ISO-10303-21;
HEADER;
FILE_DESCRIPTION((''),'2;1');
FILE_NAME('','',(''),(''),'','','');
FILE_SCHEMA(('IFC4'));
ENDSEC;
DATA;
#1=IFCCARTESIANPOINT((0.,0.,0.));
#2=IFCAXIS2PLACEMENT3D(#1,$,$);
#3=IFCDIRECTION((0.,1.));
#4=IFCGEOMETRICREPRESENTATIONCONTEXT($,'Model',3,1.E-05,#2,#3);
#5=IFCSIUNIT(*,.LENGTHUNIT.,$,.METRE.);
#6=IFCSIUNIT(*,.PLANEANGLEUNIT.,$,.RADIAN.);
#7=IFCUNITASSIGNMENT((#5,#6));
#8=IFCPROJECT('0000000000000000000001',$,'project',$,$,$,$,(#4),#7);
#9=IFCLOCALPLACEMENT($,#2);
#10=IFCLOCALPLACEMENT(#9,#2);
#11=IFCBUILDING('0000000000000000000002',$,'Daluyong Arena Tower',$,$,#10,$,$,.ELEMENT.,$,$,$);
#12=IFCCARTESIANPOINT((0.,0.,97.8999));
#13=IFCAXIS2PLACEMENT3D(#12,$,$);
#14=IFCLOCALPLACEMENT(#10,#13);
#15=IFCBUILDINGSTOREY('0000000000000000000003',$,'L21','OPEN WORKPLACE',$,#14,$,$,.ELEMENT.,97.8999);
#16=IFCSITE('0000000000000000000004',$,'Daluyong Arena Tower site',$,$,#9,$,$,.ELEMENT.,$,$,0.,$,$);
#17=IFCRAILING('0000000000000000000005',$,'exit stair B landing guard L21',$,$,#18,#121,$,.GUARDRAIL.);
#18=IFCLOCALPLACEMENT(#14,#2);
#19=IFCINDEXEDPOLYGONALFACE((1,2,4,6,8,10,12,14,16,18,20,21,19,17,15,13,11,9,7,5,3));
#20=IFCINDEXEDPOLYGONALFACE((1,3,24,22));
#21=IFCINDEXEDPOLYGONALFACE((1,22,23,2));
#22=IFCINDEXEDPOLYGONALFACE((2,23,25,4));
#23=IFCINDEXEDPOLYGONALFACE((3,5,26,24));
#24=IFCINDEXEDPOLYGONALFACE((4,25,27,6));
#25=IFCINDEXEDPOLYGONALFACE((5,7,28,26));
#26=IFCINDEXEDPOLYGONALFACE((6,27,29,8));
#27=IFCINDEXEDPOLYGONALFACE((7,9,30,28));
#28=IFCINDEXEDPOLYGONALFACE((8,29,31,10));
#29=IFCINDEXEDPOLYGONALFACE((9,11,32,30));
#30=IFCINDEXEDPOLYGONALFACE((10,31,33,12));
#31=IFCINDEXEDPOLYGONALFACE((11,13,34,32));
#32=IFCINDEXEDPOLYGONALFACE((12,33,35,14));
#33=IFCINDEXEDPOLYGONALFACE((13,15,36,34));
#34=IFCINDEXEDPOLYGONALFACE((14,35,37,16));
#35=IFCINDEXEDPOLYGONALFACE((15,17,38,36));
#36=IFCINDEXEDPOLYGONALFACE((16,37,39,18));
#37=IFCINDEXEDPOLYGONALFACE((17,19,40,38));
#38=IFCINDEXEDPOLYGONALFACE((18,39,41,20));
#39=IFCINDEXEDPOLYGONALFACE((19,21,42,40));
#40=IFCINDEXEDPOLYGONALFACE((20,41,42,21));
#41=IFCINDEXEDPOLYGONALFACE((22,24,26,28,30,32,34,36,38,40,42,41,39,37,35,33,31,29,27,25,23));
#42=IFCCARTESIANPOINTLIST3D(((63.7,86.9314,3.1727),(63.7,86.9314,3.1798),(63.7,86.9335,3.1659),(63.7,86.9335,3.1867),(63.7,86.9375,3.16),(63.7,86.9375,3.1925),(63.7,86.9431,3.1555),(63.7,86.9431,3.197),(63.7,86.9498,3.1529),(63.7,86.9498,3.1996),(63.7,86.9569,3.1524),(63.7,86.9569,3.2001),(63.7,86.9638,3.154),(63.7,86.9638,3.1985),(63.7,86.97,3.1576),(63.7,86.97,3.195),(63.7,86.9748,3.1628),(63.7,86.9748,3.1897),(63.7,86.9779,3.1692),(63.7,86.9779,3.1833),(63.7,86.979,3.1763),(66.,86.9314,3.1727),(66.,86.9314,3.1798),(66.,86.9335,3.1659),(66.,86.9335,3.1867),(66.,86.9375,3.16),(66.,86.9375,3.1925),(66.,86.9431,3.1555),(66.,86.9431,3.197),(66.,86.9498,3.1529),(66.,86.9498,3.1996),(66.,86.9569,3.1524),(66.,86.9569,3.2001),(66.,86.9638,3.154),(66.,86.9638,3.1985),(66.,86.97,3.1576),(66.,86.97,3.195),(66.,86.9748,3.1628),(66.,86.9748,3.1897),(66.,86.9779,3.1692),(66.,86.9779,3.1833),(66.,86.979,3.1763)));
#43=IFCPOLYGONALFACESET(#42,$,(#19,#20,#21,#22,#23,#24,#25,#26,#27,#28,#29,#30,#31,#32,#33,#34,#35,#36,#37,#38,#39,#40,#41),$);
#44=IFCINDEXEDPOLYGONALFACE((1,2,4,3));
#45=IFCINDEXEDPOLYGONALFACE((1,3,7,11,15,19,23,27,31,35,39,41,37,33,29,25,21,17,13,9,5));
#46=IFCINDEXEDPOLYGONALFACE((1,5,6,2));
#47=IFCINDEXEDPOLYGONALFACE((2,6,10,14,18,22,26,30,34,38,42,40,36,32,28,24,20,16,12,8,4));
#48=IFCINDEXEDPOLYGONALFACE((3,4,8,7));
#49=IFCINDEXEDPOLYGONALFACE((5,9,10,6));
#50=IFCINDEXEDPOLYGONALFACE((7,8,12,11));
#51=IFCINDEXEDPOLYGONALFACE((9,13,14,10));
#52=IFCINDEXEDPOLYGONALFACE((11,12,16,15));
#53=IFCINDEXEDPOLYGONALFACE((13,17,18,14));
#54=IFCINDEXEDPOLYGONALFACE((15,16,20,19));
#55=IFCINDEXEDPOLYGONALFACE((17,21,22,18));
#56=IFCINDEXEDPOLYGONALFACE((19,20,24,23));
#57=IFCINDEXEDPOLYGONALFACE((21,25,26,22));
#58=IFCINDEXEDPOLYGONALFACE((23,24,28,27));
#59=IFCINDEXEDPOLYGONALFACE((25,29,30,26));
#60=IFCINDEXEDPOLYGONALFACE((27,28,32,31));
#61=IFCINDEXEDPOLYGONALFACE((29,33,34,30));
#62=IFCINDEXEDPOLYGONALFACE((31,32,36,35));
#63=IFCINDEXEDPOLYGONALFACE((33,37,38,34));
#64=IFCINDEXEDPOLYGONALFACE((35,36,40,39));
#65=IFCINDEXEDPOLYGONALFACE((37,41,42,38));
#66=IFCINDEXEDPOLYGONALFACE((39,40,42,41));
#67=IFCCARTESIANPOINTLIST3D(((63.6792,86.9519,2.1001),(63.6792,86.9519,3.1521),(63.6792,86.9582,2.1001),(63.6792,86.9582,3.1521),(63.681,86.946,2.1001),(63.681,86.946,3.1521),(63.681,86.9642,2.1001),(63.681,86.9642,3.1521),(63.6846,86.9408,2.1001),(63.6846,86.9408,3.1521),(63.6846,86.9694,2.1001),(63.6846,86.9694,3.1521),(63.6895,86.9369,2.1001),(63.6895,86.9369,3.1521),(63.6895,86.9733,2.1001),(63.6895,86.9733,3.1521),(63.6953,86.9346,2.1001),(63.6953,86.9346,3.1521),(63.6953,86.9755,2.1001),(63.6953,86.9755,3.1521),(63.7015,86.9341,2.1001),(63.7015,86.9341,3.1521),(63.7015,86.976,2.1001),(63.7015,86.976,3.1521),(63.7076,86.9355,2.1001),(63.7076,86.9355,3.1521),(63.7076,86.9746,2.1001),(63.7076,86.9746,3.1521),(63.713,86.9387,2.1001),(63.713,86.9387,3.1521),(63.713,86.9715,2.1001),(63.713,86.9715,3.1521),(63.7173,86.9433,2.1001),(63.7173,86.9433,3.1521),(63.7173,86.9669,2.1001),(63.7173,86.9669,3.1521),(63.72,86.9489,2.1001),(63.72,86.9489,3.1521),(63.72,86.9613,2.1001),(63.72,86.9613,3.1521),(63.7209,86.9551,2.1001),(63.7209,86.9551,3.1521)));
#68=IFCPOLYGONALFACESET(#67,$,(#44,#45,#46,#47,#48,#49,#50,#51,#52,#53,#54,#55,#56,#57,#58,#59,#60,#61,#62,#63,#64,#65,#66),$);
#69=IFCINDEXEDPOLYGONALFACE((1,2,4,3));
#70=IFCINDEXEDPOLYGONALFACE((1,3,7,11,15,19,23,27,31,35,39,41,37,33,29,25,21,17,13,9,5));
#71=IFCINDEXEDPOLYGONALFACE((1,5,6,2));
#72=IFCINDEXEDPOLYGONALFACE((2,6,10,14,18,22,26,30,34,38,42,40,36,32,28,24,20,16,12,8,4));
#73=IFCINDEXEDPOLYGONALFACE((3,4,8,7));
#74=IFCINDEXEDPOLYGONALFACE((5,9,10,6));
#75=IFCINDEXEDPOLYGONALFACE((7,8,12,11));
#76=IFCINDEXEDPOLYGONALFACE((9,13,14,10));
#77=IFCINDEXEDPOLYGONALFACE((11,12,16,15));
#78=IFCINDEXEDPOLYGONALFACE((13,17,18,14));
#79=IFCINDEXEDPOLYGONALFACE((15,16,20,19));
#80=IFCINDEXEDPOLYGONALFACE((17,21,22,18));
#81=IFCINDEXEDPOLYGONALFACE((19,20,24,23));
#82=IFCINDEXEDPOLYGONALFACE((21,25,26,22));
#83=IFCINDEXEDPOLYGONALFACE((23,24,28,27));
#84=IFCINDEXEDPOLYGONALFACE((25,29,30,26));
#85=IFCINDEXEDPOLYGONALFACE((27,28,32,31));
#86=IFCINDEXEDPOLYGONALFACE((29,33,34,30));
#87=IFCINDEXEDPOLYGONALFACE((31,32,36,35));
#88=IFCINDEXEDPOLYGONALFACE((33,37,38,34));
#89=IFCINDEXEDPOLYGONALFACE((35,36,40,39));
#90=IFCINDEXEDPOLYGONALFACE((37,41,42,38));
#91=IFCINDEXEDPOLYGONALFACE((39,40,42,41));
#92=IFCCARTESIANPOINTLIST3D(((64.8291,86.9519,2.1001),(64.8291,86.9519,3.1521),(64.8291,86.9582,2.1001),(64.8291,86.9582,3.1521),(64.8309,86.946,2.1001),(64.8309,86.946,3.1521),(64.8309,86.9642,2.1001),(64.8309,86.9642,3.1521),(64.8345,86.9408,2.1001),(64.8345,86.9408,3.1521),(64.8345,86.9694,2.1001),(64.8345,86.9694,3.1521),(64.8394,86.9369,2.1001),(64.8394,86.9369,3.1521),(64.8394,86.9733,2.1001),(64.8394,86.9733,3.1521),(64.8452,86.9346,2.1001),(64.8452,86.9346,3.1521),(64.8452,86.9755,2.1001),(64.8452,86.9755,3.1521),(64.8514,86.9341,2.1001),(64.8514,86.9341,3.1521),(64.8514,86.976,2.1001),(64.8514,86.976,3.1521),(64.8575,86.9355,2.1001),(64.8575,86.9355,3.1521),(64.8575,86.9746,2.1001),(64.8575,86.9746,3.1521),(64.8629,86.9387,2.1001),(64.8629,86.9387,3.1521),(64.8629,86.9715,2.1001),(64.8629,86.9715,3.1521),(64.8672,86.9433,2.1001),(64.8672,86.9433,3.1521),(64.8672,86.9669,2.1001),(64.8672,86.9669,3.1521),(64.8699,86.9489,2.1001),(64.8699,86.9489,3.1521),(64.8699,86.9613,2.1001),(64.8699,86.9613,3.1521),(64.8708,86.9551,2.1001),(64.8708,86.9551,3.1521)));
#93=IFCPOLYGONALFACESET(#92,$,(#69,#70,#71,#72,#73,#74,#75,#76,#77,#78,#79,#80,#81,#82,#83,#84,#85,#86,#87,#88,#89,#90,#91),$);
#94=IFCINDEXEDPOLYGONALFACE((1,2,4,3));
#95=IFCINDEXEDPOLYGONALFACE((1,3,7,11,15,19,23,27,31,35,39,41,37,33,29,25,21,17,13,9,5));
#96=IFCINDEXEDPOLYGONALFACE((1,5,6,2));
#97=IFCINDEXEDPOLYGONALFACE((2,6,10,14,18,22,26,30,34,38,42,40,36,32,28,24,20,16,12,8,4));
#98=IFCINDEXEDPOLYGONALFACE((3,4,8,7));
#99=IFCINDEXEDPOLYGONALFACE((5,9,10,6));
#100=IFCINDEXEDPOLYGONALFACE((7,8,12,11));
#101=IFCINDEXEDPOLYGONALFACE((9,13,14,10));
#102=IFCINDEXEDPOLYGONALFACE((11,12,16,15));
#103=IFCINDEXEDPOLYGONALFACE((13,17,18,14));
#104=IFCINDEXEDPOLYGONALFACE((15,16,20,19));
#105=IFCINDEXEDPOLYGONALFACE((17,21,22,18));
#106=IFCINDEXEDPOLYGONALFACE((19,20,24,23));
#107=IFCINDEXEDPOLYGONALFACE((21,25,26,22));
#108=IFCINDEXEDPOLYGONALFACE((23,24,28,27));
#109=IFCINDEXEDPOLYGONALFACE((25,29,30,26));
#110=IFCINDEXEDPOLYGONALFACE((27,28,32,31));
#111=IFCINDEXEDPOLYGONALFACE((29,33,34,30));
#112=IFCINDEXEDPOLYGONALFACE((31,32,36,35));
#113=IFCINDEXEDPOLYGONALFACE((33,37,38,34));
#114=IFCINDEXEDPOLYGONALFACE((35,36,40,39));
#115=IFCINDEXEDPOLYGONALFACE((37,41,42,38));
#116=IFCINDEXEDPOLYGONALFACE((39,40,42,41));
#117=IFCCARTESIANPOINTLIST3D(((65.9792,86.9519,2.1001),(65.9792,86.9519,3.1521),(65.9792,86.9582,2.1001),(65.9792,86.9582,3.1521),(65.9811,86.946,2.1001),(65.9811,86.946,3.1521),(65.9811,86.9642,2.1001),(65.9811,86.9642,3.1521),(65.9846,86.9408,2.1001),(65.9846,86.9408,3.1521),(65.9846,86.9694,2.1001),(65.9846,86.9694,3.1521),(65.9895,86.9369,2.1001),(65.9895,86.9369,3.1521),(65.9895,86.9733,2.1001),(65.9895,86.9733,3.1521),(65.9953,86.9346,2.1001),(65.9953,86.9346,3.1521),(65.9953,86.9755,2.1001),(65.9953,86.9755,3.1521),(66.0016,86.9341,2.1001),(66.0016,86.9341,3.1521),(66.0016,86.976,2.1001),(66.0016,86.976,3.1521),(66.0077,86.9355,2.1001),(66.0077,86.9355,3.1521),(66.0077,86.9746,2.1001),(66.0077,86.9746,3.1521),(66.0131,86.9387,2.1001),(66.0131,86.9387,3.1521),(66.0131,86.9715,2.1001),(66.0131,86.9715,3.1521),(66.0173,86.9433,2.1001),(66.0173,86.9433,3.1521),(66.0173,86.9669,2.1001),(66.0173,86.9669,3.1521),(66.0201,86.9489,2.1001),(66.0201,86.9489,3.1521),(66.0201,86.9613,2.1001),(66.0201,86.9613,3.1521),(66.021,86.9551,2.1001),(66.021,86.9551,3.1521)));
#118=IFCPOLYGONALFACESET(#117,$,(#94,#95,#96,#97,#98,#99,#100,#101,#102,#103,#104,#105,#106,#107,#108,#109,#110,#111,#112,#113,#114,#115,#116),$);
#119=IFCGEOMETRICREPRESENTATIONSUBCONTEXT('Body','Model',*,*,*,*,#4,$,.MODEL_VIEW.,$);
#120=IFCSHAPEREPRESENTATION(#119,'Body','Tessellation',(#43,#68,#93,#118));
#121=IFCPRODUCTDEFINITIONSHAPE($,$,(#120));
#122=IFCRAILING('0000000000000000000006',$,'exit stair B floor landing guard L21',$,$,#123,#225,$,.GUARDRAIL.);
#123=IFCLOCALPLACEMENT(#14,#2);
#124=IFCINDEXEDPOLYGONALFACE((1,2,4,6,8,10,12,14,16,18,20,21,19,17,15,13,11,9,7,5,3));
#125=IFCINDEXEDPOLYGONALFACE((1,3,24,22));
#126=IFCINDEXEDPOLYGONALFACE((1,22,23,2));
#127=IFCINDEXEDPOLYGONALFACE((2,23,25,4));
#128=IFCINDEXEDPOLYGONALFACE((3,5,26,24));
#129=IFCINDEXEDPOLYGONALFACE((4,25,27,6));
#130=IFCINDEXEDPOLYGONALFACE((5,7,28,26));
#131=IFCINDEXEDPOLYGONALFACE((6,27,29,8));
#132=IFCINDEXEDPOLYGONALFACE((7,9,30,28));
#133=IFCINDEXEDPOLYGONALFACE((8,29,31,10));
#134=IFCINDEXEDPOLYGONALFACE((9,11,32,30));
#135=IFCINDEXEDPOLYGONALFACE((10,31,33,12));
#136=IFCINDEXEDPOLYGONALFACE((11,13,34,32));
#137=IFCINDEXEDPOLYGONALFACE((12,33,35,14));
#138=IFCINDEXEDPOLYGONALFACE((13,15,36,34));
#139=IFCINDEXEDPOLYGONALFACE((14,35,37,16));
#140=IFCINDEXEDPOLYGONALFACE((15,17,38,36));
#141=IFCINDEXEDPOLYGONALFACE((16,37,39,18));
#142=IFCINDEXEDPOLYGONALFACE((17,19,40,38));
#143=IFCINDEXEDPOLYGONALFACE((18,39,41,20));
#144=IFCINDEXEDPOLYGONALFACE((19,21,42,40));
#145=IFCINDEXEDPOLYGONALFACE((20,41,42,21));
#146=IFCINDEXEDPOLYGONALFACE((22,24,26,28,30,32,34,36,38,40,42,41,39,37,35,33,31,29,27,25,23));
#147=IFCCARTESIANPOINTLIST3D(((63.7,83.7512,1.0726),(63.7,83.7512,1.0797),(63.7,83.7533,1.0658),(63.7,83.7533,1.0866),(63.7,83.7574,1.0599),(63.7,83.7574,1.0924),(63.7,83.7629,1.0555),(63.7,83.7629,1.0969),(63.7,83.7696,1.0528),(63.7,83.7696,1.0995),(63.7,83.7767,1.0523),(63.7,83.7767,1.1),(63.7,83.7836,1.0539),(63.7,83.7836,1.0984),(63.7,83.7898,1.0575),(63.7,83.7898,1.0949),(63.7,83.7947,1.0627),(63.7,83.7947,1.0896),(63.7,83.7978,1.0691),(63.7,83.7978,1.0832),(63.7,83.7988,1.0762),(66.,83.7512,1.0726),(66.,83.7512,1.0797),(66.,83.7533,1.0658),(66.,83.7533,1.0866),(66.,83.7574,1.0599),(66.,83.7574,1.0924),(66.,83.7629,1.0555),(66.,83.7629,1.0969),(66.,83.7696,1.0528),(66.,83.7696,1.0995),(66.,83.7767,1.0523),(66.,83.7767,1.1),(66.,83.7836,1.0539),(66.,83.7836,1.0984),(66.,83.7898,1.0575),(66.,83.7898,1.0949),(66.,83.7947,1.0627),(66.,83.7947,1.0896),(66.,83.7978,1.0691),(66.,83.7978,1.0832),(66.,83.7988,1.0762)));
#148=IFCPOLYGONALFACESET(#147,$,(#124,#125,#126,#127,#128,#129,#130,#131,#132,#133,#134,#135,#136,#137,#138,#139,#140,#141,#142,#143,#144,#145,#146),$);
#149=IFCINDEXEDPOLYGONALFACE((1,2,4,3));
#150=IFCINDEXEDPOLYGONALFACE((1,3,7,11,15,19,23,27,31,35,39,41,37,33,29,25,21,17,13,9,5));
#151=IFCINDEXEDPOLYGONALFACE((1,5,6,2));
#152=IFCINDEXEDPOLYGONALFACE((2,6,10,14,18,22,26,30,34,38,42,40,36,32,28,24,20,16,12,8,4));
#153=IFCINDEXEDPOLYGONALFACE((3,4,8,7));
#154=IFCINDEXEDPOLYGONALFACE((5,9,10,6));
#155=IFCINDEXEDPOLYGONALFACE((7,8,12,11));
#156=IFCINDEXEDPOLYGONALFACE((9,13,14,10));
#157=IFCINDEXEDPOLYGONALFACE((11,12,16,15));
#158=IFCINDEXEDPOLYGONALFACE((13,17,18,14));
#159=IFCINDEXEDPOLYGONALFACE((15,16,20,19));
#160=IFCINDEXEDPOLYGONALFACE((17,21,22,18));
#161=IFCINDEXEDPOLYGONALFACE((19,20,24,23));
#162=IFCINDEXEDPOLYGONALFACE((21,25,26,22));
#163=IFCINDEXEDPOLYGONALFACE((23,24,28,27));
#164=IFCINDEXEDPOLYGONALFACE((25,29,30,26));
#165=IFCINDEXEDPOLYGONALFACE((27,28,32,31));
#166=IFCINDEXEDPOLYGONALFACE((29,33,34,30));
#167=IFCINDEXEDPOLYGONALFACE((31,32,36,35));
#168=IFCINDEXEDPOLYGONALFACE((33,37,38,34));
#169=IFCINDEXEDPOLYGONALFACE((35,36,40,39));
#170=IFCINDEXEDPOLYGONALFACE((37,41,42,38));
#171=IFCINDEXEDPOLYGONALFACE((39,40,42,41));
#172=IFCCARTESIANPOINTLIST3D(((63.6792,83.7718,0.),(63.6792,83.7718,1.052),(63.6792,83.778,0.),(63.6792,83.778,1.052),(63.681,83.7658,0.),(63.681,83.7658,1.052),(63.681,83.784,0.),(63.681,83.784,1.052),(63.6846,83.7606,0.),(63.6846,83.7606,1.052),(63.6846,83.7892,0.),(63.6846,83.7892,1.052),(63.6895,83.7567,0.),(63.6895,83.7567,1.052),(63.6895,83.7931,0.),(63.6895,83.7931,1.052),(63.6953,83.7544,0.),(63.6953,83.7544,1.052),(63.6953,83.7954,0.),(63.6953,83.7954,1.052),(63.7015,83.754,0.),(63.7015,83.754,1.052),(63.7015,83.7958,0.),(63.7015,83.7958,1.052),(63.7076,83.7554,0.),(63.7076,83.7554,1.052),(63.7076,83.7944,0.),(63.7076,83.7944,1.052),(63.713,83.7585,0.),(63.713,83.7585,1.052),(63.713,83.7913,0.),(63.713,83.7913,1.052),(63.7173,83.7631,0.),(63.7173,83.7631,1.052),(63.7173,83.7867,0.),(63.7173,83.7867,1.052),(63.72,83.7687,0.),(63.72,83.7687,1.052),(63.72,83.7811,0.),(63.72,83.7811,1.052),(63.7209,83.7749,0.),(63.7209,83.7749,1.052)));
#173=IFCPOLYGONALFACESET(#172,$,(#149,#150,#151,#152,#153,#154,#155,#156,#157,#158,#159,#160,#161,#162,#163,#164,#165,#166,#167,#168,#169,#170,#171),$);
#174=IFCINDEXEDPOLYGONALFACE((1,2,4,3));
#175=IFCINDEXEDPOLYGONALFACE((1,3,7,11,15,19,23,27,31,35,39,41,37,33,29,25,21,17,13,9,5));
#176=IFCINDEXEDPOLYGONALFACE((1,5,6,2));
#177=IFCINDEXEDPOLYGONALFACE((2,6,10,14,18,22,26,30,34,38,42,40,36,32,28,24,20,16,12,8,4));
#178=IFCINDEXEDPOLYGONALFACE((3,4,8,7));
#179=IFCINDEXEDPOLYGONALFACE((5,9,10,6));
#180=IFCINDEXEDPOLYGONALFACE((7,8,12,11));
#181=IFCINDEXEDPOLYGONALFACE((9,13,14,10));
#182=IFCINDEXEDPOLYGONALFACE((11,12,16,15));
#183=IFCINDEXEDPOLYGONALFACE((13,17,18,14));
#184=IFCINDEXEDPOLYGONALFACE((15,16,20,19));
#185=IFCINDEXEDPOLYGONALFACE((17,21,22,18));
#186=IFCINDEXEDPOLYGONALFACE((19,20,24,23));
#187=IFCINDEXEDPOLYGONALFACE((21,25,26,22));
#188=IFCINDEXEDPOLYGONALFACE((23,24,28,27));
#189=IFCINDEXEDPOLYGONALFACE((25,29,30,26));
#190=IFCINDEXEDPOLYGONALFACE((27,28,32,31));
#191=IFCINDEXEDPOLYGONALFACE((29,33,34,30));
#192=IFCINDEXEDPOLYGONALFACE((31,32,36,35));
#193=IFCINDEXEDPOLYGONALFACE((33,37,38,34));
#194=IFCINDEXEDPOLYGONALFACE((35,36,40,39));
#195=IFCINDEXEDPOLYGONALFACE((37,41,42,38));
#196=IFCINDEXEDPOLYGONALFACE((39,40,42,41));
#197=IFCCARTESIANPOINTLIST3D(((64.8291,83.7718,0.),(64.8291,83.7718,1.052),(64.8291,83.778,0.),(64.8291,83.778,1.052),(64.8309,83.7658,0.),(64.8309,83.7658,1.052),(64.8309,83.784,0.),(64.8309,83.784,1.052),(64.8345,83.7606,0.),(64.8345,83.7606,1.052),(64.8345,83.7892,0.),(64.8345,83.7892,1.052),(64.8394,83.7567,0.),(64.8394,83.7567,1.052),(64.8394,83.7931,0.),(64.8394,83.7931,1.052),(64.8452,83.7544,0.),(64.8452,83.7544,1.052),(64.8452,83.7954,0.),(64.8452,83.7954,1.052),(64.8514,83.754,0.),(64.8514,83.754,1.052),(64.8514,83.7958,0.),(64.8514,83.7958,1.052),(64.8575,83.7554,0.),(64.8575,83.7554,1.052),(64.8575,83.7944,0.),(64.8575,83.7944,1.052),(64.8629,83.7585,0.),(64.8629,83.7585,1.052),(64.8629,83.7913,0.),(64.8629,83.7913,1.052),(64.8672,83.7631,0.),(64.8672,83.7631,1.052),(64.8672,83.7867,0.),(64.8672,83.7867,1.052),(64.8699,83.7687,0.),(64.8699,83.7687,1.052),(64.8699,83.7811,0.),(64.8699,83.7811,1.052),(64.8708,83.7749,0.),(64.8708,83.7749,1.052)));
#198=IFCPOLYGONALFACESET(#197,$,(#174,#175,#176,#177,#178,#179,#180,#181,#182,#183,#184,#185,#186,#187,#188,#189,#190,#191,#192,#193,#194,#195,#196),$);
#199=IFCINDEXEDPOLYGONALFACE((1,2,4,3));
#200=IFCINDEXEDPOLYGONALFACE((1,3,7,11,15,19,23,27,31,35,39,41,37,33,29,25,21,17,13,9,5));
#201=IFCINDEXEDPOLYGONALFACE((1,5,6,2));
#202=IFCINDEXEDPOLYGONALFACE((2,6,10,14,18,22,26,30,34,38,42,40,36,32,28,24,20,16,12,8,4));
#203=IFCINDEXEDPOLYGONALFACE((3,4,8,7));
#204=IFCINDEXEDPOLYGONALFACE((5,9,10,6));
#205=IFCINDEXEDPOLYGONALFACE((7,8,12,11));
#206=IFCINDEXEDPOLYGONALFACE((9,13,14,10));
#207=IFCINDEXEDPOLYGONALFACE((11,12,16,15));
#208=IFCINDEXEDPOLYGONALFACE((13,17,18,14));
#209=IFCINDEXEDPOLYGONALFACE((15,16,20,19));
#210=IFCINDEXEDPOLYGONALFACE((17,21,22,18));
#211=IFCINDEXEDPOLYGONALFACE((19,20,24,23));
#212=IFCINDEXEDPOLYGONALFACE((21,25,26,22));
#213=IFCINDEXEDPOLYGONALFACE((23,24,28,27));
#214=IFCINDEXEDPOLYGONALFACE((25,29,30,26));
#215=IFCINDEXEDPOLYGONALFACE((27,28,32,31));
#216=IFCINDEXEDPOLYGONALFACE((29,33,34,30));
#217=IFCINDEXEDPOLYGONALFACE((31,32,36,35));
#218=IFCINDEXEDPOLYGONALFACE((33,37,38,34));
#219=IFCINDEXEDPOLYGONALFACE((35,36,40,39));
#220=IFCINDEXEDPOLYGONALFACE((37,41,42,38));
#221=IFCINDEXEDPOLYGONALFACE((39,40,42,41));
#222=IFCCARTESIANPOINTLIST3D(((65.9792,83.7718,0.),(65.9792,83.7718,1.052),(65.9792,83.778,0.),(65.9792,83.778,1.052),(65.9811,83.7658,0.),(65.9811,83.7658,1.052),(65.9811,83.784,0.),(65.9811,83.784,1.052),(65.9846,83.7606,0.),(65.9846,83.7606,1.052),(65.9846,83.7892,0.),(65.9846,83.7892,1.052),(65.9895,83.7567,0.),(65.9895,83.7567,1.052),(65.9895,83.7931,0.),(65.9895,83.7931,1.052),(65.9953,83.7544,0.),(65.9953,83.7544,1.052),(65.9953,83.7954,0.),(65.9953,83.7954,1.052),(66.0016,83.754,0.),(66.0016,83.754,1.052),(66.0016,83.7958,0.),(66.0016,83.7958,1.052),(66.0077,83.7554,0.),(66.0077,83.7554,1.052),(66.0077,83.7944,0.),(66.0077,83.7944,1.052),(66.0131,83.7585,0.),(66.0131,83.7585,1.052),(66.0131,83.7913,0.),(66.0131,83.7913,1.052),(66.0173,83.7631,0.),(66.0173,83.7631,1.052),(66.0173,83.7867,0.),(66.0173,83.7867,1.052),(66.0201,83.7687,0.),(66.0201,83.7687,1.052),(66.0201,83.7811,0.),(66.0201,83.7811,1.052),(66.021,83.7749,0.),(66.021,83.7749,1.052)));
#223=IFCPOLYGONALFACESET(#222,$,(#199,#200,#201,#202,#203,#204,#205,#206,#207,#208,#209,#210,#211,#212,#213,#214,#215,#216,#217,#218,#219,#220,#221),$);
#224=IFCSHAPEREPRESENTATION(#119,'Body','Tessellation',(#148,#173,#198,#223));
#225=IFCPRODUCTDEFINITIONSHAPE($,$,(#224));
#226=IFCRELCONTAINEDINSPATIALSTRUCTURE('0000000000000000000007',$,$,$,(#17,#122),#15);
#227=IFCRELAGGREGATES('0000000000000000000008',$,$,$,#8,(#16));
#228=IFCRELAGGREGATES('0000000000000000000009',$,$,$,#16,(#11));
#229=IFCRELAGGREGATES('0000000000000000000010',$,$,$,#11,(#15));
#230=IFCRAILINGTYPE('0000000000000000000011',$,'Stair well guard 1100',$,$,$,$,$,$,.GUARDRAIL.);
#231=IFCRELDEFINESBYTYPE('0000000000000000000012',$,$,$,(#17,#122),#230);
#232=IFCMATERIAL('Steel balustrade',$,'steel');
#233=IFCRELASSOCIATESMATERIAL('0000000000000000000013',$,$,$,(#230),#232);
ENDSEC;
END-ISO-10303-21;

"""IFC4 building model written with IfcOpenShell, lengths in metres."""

from ifc_helpers import new_model, si_unit, direction, frame, origin, origin_2d, place, context, subcontext, project, spatial, circle, extrude, material, type_object, element, save


model = new_model("IFC4")

# Units and contexts
model_context = context("Model", 3, precision=1e-05, world=origin(), true_north=direction((0.0, 1.0)))
body_context = subcontext(model_context, "Body", "Model", "MODEL_VIEW")
ifc_project = project(units=[si_unit("LENGTHUNIT", "METRE"), si_unit("PLANEANGLEUNIT", "RADIAN")], contexts=[model_context])

# Site, building, storey
site_placement = place(None, origin())
site = spatial("IfcSite", under=ifc_project, at=site_placement, Name="Daluyong Arena Tower site", CompositionType="ELEMENT", RefElevation=0.0)
building_placement = place(site_placement, origin())
building = spatial("IfcBuilding", under=site, at=building_placement, Name="Daluyong Arena Tower", CompositionType="ELEMENT")
storey_placement = place(building_placement, frame((0.0, 0.0, 97.8999)))
storey = spatial("IfcBuildingStorey", under=building, at=storey_placement, Name="L21", Description="OPEN WORKPLACE", CompositionType="ELEMENT", Elevation=97.8999)

# Railings
ifc_material_1 = material(Name="Steel balustrade", Category="steel")
railing_type_1 = type_object("IfcRailingType", Name="Stair well guard 1100", PredefinedType="GUARDRAIL", material=ifc_material_1)
for number, where, name in (
    (1, (63.7, 86.9551, 2.1001), "exit stair B landing guard L21"),
    (2, (63.7, 83.7749, 0.0), "exit stair B floor landing guard L21"),
):
    element("IfcRailing", number, at=place(storey_placement, frame(where)), inside=storey, type_object=railing_type_1, Name=name, PredefinedType="GUARDRAIL", context=body_context, shape_type="SweptSolid", body=[
        extrude(circle(Radius=0.0239, at=origin_2d()), frame((0.0, 0.0, 1.0762), z_axis=(1.0, 0.0, 0.0), x_axis=(0.0, 1.0, 0.0)), (0.0, 0.0, 1.0), 2.3),
        extrude(circle(Radius=0.021, at=origin_2d()), origin(), (0.0, 0.0, 1.0), 1.052),
        extrude(circle(Radius=0.021, at=origin_2d()), frame((1.1499, 0.0, 0.0)), (0.0, 0.0, 1.0), 1.052),
        extrude(circle(Radius=0.021, at=origin_2d()), frame((2.3, 0.0, 0.0)), (0.0, 0.0, 1.0), 1.052),
    ])

save(model, "model.ifc")
